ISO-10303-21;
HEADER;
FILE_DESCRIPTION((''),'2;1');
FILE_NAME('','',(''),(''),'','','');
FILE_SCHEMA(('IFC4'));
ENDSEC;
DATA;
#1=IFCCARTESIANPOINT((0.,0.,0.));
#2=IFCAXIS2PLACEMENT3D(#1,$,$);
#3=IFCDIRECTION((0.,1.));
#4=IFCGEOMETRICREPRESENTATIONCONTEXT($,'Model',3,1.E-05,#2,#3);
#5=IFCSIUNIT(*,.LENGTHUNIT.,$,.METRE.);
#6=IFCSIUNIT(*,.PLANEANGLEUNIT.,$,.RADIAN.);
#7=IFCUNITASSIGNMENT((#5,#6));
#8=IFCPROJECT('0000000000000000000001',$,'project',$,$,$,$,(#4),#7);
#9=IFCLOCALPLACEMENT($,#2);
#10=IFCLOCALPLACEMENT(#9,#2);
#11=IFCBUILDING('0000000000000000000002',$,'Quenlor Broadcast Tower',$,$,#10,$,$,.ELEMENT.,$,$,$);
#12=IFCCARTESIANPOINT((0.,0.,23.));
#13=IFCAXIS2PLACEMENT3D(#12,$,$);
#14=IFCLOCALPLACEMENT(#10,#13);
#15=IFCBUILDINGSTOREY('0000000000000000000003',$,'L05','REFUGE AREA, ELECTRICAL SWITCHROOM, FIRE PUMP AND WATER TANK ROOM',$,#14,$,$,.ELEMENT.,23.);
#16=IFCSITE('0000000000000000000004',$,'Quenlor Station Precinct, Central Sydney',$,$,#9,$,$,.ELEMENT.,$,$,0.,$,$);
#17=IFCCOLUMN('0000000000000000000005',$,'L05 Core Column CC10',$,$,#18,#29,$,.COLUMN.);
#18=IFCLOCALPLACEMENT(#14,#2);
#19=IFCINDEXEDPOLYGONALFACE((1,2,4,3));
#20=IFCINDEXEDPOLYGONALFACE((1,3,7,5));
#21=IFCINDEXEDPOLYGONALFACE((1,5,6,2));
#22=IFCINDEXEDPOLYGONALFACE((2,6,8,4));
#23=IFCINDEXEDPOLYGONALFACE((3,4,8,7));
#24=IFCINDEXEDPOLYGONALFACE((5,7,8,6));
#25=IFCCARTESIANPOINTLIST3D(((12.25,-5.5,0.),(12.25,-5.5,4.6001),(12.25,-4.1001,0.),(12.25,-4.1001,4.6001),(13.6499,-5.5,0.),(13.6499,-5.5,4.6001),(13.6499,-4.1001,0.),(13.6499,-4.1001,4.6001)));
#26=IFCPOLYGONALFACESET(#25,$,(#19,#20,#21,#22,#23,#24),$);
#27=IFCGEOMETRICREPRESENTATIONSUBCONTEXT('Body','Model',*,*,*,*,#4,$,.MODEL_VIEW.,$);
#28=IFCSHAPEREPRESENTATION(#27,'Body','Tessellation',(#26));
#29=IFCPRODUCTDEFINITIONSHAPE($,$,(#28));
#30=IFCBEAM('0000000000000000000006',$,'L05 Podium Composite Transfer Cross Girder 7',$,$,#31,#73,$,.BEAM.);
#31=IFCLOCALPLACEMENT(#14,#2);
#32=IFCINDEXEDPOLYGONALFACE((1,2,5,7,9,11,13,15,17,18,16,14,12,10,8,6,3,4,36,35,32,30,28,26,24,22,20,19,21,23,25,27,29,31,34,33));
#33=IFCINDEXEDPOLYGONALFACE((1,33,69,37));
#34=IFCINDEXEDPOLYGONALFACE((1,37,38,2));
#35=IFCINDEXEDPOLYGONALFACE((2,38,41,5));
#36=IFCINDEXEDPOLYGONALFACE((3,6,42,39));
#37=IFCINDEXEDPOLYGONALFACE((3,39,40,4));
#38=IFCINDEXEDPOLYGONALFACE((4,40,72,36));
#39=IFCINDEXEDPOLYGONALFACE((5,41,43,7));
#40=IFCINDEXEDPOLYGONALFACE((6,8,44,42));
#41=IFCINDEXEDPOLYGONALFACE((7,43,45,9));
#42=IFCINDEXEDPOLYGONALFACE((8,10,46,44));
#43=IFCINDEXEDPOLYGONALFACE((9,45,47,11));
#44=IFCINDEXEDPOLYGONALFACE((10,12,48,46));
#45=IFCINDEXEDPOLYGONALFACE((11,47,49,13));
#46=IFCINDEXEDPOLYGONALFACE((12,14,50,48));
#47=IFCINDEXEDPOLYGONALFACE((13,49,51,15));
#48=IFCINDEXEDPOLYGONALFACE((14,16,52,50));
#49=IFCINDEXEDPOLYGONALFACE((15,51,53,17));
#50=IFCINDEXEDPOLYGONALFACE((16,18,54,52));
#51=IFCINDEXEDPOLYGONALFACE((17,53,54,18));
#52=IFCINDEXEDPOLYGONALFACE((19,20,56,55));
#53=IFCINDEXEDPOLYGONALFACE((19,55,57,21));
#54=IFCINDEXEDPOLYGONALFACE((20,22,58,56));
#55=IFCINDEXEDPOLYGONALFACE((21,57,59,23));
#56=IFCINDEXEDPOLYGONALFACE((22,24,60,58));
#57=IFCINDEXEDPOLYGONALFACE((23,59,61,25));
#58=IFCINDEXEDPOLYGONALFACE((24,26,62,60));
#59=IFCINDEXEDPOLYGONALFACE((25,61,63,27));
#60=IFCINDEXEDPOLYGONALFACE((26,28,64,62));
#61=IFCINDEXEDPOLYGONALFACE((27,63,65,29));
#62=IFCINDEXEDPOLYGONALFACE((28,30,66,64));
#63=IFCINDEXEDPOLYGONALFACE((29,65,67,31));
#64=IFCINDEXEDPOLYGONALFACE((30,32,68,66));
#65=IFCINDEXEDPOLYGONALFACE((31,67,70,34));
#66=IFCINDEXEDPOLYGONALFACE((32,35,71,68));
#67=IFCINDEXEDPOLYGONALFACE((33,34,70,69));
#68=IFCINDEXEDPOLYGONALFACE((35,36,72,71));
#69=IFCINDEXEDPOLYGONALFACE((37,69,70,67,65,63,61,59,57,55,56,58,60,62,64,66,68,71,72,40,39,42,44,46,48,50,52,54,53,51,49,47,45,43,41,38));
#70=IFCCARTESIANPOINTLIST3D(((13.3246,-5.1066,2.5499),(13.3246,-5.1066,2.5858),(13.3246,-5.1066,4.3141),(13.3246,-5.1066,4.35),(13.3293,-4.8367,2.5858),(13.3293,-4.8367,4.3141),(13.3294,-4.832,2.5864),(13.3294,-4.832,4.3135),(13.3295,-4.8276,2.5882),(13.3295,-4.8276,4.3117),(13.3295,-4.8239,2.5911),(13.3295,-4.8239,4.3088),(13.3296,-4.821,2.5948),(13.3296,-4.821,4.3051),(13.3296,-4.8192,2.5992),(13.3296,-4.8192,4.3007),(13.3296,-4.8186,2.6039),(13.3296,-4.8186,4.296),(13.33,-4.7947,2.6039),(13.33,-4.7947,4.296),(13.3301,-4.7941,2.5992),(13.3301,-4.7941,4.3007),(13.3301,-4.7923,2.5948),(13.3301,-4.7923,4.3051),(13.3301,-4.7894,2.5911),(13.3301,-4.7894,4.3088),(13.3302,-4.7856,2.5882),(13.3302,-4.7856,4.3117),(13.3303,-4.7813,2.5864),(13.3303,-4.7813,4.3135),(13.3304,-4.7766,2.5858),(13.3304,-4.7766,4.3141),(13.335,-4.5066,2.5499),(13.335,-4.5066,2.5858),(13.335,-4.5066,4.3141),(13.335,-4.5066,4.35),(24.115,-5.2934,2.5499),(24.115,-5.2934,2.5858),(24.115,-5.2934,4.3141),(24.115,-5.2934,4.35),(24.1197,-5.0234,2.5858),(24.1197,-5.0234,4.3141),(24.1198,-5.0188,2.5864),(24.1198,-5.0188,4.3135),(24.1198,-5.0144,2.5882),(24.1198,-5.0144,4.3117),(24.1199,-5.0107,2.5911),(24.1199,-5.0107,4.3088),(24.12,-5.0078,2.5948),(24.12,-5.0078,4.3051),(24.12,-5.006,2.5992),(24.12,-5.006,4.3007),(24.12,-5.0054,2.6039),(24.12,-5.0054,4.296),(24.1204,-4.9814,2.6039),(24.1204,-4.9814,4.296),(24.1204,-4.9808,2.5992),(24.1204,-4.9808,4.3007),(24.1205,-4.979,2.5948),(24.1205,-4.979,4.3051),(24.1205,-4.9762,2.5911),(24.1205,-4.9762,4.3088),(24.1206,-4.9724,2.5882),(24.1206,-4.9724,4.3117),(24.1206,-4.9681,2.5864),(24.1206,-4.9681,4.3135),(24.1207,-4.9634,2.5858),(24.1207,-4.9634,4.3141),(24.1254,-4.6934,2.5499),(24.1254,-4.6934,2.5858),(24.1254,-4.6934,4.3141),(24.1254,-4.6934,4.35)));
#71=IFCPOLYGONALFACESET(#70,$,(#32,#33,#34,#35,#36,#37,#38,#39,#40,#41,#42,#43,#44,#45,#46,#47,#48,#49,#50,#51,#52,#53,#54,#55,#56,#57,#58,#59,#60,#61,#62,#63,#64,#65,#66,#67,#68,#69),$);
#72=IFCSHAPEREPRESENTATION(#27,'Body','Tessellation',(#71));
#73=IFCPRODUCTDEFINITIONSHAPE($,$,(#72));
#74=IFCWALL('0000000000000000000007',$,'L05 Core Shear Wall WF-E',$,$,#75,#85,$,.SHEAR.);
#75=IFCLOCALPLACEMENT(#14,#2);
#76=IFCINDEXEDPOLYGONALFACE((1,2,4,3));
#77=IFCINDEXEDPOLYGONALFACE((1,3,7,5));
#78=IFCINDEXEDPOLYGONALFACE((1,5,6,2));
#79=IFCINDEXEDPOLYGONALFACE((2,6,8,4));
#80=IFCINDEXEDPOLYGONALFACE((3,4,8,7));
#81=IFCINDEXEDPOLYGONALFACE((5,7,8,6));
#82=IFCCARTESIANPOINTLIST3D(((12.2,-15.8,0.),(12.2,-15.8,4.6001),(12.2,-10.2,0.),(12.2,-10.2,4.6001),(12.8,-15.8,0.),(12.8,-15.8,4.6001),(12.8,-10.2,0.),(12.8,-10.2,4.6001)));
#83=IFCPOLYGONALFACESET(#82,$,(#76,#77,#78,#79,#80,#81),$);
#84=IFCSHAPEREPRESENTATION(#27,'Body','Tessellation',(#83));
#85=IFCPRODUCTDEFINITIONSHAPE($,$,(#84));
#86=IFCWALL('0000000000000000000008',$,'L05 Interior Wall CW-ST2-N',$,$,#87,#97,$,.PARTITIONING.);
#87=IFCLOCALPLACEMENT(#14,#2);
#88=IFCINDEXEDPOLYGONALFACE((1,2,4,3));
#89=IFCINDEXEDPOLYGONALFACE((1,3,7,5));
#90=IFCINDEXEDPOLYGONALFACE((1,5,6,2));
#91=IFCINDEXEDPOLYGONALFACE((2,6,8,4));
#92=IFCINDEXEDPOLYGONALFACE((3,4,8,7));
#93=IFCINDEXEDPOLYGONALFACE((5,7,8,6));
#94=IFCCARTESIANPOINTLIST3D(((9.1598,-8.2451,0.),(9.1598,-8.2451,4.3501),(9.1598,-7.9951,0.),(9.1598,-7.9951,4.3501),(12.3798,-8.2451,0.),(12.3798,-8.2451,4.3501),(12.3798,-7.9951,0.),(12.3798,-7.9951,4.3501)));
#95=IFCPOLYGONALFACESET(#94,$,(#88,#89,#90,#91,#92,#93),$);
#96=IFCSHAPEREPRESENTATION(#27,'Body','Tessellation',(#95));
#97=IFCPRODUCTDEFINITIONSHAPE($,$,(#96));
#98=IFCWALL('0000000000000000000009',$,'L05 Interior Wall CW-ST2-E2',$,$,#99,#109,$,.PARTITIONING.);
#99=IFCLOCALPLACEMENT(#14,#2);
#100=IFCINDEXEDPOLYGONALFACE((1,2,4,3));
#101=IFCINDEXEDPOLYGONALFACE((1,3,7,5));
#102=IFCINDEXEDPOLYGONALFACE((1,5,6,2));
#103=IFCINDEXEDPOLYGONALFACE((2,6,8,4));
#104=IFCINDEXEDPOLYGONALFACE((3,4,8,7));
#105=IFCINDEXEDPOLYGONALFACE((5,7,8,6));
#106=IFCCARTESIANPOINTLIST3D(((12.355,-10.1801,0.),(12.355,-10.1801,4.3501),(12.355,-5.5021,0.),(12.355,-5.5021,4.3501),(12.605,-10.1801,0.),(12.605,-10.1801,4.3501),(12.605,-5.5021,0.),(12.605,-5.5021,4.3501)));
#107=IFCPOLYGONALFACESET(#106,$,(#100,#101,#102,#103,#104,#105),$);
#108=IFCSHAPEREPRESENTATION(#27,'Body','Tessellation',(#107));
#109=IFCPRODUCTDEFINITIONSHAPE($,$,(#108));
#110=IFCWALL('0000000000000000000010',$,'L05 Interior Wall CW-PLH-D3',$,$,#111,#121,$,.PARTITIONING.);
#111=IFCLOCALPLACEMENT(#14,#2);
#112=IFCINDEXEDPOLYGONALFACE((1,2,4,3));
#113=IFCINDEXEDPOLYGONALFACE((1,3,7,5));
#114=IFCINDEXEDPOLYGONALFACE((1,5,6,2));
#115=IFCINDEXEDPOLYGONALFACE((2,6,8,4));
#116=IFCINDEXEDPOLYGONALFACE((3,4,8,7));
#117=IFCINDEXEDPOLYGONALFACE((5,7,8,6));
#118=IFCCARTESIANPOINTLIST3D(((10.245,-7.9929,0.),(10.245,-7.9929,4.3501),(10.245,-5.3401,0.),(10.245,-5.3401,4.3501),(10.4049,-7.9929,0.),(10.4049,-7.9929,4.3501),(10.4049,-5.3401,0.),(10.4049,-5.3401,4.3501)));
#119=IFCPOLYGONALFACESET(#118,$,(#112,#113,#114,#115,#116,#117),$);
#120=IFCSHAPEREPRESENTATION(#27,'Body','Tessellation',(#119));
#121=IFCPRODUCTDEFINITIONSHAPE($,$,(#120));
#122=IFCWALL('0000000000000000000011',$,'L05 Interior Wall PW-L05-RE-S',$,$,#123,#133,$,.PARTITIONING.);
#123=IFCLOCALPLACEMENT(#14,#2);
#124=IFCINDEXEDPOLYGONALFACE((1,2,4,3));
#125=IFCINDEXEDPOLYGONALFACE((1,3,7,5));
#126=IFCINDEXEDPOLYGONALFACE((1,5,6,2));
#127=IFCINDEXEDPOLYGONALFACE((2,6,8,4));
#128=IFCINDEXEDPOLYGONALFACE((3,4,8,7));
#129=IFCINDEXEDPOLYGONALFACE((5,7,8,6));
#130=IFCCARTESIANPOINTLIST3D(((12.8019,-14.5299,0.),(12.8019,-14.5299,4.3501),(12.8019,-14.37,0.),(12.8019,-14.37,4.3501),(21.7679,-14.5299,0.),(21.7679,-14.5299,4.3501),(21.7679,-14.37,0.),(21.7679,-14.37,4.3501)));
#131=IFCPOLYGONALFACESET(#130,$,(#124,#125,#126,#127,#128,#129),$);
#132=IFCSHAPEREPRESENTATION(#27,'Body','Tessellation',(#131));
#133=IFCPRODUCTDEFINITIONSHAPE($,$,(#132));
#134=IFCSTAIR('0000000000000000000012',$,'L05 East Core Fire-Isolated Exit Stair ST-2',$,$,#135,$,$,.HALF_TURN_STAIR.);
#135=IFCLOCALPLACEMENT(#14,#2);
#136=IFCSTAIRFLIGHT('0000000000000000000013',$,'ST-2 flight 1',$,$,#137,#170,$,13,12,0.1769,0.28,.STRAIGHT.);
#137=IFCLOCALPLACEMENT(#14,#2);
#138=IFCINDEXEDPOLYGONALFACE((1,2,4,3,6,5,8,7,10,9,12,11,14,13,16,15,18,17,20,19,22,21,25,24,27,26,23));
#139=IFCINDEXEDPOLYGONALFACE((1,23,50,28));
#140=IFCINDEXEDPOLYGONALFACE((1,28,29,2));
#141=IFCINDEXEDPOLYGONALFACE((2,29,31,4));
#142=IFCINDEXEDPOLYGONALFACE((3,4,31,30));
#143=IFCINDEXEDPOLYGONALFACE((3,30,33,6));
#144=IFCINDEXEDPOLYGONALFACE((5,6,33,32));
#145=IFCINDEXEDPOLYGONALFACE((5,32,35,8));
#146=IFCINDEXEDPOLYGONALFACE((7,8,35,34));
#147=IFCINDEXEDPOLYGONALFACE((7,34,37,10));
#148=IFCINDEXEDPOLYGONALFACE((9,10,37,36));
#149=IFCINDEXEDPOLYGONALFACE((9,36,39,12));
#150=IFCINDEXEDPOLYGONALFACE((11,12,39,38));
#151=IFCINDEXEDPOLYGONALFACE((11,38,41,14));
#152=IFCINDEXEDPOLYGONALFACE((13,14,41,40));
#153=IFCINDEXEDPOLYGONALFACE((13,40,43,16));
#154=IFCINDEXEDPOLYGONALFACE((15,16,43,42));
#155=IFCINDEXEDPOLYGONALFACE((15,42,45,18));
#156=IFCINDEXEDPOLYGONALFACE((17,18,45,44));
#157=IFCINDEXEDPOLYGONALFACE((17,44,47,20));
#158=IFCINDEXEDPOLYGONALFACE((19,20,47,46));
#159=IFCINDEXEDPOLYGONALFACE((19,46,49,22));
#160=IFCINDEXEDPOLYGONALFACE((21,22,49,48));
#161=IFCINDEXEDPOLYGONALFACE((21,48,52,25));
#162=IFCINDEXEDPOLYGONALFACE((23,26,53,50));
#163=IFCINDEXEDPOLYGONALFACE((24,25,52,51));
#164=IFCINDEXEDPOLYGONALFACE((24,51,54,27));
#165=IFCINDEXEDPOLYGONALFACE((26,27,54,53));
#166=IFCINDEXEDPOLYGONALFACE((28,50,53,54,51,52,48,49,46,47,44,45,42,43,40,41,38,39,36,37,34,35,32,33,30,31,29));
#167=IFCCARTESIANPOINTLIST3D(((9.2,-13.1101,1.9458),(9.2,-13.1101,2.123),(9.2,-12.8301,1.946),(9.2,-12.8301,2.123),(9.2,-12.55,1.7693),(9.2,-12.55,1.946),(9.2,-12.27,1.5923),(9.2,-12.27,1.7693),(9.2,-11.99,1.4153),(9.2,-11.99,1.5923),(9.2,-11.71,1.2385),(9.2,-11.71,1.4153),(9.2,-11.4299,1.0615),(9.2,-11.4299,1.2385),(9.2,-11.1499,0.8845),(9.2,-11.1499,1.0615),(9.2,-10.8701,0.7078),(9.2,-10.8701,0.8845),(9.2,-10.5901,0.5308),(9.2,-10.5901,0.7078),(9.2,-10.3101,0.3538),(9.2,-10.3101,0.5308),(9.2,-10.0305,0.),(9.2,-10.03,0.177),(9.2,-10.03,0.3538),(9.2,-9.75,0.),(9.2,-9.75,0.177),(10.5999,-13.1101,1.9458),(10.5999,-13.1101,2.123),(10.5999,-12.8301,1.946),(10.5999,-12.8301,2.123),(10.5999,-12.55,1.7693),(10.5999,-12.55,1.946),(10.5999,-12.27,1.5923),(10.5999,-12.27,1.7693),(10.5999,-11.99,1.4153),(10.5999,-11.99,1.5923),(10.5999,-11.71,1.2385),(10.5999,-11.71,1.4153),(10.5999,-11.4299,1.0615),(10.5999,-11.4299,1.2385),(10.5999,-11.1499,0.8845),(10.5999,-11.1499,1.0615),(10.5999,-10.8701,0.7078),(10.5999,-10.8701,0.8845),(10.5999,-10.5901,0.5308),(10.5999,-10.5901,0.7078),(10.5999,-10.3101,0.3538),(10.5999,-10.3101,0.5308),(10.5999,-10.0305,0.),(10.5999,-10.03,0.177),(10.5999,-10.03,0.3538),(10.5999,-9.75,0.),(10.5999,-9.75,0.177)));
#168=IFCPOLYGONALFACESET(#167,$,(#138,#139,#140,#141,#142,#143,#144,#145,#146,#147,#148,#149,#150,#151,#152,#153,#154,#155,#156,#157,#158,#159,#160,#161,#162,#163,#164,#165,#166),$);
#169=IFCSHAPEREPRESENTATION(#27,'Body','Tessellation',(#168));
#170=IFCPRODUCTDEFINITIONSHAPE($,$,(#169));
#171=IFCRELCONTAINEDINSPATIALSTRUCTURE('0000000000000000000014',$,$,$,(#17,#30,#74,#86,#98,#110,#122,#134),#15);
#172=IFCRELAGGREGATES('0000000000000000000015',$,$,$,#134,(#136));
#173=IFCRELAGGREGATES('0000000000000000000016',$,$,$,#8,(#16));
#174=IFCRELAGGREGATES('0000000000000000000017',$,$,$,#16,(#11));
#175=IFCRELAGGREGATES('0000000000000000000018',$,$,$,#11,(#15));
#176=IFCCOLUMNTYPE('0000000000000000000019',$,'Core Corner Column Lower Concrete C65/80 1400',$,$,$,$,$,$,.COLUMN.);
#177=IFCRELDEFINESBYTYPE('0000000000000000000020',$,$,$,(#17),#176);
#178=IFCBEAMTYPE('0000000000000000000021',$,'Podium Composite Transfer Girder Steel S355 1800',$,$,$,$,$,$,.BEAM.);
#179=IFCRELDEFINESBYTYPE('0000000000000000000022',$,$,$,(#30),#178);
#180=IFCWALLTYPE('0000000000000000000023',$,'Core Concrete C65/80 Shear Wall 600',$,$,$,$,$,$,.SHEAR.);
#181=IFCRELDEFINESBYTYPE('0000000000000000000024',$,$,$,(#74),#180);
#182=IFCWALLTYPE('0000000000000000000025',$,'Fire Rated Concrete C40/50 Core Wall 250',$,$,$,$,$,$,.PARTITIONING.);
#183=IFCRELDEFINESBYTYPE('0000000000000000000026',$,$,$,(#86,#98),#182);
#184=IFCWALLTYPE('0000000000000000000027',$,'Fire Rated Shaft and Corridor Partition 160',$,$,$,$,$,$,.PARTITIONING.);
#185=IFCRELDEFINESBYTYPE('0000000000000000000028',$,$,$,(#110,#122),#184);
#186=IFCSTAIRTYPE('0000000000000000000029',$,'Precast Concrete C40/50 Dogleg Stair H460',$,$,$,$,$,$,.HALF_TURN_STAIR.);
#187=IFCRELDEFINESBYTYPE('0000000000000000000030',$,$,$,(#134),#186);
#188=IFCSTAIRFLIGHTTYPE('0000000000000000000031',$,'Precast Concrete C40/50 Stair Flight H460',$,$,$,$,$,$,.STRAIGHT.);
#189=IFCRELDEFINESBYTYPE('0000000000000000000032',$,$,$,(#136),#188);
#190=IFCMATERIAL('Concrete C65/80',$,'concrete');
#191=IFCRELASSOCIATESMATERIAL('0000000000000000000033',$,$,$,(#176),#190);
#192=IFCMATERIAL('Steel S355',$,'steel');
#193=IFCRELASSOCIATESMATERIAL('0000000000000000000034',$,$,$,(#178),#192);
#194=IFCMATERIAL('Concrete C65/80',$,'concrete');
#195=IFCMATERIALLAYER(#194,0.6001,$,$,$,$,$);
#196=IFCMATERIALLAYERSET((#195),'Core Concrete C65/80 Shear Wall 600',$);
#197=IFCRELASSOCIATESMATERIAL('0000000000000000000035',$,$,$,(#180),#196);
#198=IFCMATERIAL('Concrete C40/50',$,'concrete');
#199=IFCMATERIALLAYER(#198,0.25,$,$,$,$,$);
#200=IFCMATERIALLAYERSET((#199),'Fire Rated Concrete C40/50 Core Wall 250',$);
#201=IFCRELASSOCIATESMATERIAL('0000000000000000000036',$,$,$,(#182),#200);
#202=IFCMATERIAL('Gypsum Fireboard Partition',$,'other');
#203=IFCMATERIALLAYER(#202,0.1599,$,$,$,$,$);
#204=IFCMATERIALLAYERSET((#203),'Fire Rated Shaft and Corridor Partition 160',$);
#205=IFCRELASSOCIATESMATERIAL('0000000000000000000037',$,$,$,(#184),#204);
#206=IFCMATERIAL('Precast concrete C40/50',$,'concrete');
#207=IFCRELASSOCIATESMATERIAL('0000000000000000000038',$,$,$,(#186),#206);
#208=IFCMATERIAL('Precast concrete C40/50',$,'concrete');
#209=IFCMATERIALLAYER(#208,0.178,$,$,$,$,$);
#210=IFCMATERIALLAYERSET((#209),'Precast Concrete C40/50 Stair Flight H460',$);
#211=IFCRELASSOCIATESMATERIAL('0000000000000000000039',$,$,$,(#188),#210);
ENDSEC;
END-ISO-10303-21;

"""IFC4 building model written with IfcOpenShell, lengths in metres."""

from ifc_helpers import new_model, si_unit, direction, frame, frame_2d, origin, origin_2d, place, context, subcontext, project, spatial, polyline, rectangle, i_section, outline, extrude, material, layer, layer_set, material_profile, profile_set, type_object, element, aggregate, save


model = new_model("IFC4")

# Units and contexts
model_context = context("Model", 3, precision=1e-05, world=origin(), true_north=direction((0.0, 1.0)))
body_context = subcontext(model_context, "Body", "Model", "MODEL_VIEW")
ifc_project = project(units=[si_unit("LENGTHUNIT", "METRE"), si_unit("PLANEANGLEUNIT", "RADIAN")], contexts=[model_context])

# Site, building, storey
site_placement = place(None, origin())
site = spatial("IfcSite", under=ifc_project, at=site_placement, Name="Quenlor Station Precinct, Central Sydney", CompositionType="ELEMENT", RefElevation=0.0)
building_placement = place(site_placement, origin())
building = spatial("IfcBuilding", under=site, at=building_placement, Name="Quenlor Broadcast Tower", CompositionType="ELEMENT")
storey_placement = place(building_placement, frame((0.0, 0.0, 23.0)))
storey = spatial("IfcBuildingStorey", under=building, at=storey_placement, Name="L05", Description="REFUGE AREA, ELECTRICAL SWITCHROOM, FIRE PUMP AND WATER TANK ROOM", CompositionType="ELEMENT", Elevation=23.0)

# Column
ifc_material_1 = material(Name="Concrete C65/80", Category="concrete")
ifc_material_profile_1 = material_profile(ifc_material_1, rectangle(XDim=1.3999, YDim=1.3999, at=origin_2d()))
ifc_profile_set_1 = profile_set([ifc_material_profile_1], Name="Concrete C65/80 RC1400x1400")
column_type = type_object("IfcColumnType", Name="Core Corner Column Lower Concrete C65/80 1400", PredefinedType="COLUMN", material=ifc_profile_set_1)
column_placement = place(storey_placement, frame((12.95, -4.8, 0.0), z_axis=(0.0, 0.0, 1.0), x_axis=(1.0, 0.0, 0.0)))
element("IfcColumn", 1, at=column_placement, inside=storey, type_object=column_type, Name="L05 Core Column CC10", PredefinedType="COLUMN", context=body_context, shape_type="SweptSolid", body=[
    extrude(rectangle(XDim=1.3999, YDim=1.3999, at=origin_2d()), origin(), (0.0, 0.0, 1.0), 4.6001),
])

# Beam
ifc_material_2 = material(Name="Steel S355", Category="steel")
ifc_material_profile_2 = material_profile(ifc_material_2, i_section(OverallWidth=0.6001, OverallDepth=1.8, WebThickness=0.0239, FlangeThickness=0.0359, FilletRadius=0.0181, at=origin_2d()))
ifc_profile_set_2 = profile_set([ifc_material_profile_2], Name="Steel S355 1800TG620")
beam_type = type_object("IfcBeamType", Name="Podium Composite Transfer Girder Steel S355 1800", PredefinedType="BEAM", material=ifc_profile_set_2)
beam_placement = place(storey_placement, frame((13.3298, -4.8066, 3.45), z_axis=(0.99985, -0.017306, 0.0), x_axis=(0.017306, 0.99985, 0.0)))
element("IfcBeam", 2, at=beam_placement, inside=storey, type_object=beam_type, Name="L05 Podium Composite Transfer Cross Girder 7", PredefinedType="BEAM", context=body_context, shape_type="SweptSolid", body=[
    extrude(i_section(OverallWidth=0.6001, OverallDepth=1.8, WebThickness=0.0239, FlangeThickness=0.0359, FilletRadius=0.0181, at=origin_2d()), origin(), (0.0, 0.0, 1.0), 10.792),
])

# Wall
ifc_material_3 = material(Name="Concrete C65/80", Category="concrete")
ifc_layer_1 = layer(ifc_material_3, 0.6001)
ifc_layer_set_1 = layer_set([ifc_layer_1], Name="Core Concrete C65/80 Shear Wall 600")
wall_type_1 = type_object("IfcWallType", Name="Core Concrete C65/80 Shear Wall 600", PredefinedType="SHEAR", material=ifc_layer_set_1)
wall_1_placement = place(storey_placement, frame((12.5, -15.8, 0.0), z_axis=(0.0, 0.0, 1.0), x_axis=(0.0, 1.0, 0.0)))
element("IfcWall", 3, at=wall_1_placement, inside=storey, type_object=wall_type_1, Name="L05 Core Shear Wall WF-E", PredefinedType="SHEAR", context=body_context, shape_type="SweptSolid", body=[
    extrude(rectangle(XDim=5.6001, YDim=0.6001, at=frame_2d((2.8, 0.0))), origin(), (0.0, 0.0, 1.0), 4.6001),
])

# Shared definitions
ifc_material_4 = material(Name="Concrete C40/50", Category="concrete")
ifc_layer_2 = layer(ifc_material_4, 0.25)
ifc_layer_set_2 = layer_set([ifc_layer_2], Name="Fire Rated Concrete C40/50 Core Wall 250")
wall_type_2 = type_object("IfcWallType", Name="Fire Rated Concrete C40/50 Core Wall 250", PredefinedType="PARTITIONING", material=ifc_layer_set_2)

# Walls
wall_2_placement = place(storey_placement, frame((9.1599, -8.1201, 0.0), z_axis=(0.0, 0.0, 1.0), x_axis=(1.0, 0.0, 0.0)))
element("IfcWall", 4, at=wall_2_placement, inside=storey, type_object=wall_type_2, Name="L05 Interior Wall CW-ST2-N", PredefinedType="PARTITIONING", context=body_context, shape_type="SweptSolid", body=[
    extrude(rectangle(XDim=3.22, YDim=0.25, at=frame_2d((1.6099, 0.0))), origin(), (0.0, 0.0, 1.0), 4.3501),
])
wall_3_placement = place(storey_placement, frame((12.48, -10.1799, 0.0), z_axis=(0.0, 0.0, 1.0), x_axis=(0.0, 1.0, 0.0)))
element("IfcWall", 5, at=wall_3_placement, inside=storey, type_object=wall_type_2, Name="L05 Interior Wall CW-ST2-E2", PredefinedType="PARTITIONING", context=body_context, shape_type="SweptSolid", body=[
    extrude(rectangle(XDim=4.678, YDim=0.25, at=frame_2d((2.3389, 0.0))), origin(), (0.0, 0.0, 1.0), 4.3501),
])
ifc_material_5 = material(Name="Gypsum Fireboard Partition", Category="other")
ifc_layer_3 = layer(ifc_material_5, 0.1599)
ifc_layer_set_3 = layer_set([ifc_layer_3], Name="Fire Rated Shaft and Corridor Partition 160")
wall_type_3 = type_object("IfcWallType", Name="Fire Rated Shaft and Corridor Partition 160", PredefinedType="PARTITIONING", material=ifc_layer_set_3)
wall_4_placement = place(storey_placement, frame((10.325, -7.9929, 0.0), z_axis=(0.0, 0.0, 1.0), x_axis=(0.0, 1.0, 0.0)))
element("IfcWall", 6, at=wall_4_placement, inside=storey, type_object=wall_type_3, Name="L05 Interior Wall CW-PLH-D3", PredefinedType="PARTITIONING", context=body_context, shape_type="SweptSolid", body=[
    extrude(rectangle(XDim=2.6528, YDim=0.1599, at=frame_2d((1.3264, 0.0))), origin(), (0.0, 0.0, 1.0), 4.3501),
])
wall_5_placement = place(storey_placement, frame((12.802, -14.45, 0.0), z_axis=(0.0, 0.0, 1.0), x_axis=(1.0, 0.0, 0.0)))
element("IfcWall", 7, at=wall_5_placement, inside=storey, type_object=wall_type_3, Name="L05 Interior Wall PW-L05-RE-S", PredefinedType="PARTITIONING", context=body_context, shape_type="SweptSolid", body=[
    extrude(rectangle(XDim=8.9661, YDim=0.1599, at=frame_2d((4.4829, 0.0))), origin(), (0.0, 0.0, 1.0), 4.3501),
])

# Stair, stair flight
ifc_material_6 = material(Name="Precast concrete C40/50", Category="concrete")
stair_type = type_object("IfcStairType", Name="Precast Concrete C40/50 Dogleg Stair H460", PredefinedType="HALF_TURN_STAIR", material=ifc_material_6)
stair_placement = place(storey_placement, origin())
stair = element("IfcStair", 8, at=stair_placement, inside=storey, type_object=stair_type, Name="L05 East Core Fire-Isolated Exit Stair ST-2", PredefinedType="HALF_TURN_STAIR")
ifc_material_7 = material(Name="Precast concrete C40/50", Category="concrete")
ifc_layer_4 = layer(ifc_material_7, 0.178)
ifc_layer_set_4 = layer_set([ifc_layer_4], Name="Precast Concrete C40/50 Stair Flight H460")
stair_flight_type = type_object("IfcStairFlightType", Name="Precast Concrete C40/50 Stair Flight H460", PredefinedType="STRAIGHT", material=ifc_layer_set_4)
stair_flight_1_placement = place(storey_placement, frame((9.8999, -9.75, 0.0), z_axis=(0.0, 0.0, 1.0), x_axis=(0.0, -1.0, 0.0)))
stair_flight_1 = element("IfcStairFlight", 9, at=stair_flight_1_placement, type_object=stair_flight_type, Name="ST-2 flight 1", NumberOfRisers=13, NumberOfTreads=12, PredefinedType="STRAIGHT", RiserHeight=0.1769, TreadLength=0.28, context=body_context, shape_type="SweptSolid", body=[
    extrude(outline(polyline([(0.0, 0.0), (0.0, 0.177), (0.28, 0.177), (0.28, 0.3538), (0.5601, 0.3538), (0.5601, 0.5308), (0.8401, 0.5308), (0.8401, 0.7078), (1.1201, 0.7078), (1.1201, 0.8845), (1.3999, 0.8845), (1.3999, 1.0615), (1.6799, 1.0615), (1.6799, 1.2385), (1.96, 1.2385), (1.96, 1.4153), (2.24, 1.4153), (2.24, 1.5923), (2.52, 1.5923), (2.52, 1.7693), (2.8, 1.7693), (2.8, 1.946), (3.0801, 1.946), (3.0801, 2.123), (3.3601, 2.123), (3.3601, 2.3), (3.3601, 1.9458), (0.2805, 0.0), (0.0, 0.0)])), frame((0.0, 0.7, 0.0), z_axis=(0.0, -1.0, 0.0), x_axis=(1.0, 0.0, 0.0)), (0.0, 0.0, 1.0), 1.3999),
])
aggregate(stair, [stair_flight_1])

save(model, "model.ifc")
